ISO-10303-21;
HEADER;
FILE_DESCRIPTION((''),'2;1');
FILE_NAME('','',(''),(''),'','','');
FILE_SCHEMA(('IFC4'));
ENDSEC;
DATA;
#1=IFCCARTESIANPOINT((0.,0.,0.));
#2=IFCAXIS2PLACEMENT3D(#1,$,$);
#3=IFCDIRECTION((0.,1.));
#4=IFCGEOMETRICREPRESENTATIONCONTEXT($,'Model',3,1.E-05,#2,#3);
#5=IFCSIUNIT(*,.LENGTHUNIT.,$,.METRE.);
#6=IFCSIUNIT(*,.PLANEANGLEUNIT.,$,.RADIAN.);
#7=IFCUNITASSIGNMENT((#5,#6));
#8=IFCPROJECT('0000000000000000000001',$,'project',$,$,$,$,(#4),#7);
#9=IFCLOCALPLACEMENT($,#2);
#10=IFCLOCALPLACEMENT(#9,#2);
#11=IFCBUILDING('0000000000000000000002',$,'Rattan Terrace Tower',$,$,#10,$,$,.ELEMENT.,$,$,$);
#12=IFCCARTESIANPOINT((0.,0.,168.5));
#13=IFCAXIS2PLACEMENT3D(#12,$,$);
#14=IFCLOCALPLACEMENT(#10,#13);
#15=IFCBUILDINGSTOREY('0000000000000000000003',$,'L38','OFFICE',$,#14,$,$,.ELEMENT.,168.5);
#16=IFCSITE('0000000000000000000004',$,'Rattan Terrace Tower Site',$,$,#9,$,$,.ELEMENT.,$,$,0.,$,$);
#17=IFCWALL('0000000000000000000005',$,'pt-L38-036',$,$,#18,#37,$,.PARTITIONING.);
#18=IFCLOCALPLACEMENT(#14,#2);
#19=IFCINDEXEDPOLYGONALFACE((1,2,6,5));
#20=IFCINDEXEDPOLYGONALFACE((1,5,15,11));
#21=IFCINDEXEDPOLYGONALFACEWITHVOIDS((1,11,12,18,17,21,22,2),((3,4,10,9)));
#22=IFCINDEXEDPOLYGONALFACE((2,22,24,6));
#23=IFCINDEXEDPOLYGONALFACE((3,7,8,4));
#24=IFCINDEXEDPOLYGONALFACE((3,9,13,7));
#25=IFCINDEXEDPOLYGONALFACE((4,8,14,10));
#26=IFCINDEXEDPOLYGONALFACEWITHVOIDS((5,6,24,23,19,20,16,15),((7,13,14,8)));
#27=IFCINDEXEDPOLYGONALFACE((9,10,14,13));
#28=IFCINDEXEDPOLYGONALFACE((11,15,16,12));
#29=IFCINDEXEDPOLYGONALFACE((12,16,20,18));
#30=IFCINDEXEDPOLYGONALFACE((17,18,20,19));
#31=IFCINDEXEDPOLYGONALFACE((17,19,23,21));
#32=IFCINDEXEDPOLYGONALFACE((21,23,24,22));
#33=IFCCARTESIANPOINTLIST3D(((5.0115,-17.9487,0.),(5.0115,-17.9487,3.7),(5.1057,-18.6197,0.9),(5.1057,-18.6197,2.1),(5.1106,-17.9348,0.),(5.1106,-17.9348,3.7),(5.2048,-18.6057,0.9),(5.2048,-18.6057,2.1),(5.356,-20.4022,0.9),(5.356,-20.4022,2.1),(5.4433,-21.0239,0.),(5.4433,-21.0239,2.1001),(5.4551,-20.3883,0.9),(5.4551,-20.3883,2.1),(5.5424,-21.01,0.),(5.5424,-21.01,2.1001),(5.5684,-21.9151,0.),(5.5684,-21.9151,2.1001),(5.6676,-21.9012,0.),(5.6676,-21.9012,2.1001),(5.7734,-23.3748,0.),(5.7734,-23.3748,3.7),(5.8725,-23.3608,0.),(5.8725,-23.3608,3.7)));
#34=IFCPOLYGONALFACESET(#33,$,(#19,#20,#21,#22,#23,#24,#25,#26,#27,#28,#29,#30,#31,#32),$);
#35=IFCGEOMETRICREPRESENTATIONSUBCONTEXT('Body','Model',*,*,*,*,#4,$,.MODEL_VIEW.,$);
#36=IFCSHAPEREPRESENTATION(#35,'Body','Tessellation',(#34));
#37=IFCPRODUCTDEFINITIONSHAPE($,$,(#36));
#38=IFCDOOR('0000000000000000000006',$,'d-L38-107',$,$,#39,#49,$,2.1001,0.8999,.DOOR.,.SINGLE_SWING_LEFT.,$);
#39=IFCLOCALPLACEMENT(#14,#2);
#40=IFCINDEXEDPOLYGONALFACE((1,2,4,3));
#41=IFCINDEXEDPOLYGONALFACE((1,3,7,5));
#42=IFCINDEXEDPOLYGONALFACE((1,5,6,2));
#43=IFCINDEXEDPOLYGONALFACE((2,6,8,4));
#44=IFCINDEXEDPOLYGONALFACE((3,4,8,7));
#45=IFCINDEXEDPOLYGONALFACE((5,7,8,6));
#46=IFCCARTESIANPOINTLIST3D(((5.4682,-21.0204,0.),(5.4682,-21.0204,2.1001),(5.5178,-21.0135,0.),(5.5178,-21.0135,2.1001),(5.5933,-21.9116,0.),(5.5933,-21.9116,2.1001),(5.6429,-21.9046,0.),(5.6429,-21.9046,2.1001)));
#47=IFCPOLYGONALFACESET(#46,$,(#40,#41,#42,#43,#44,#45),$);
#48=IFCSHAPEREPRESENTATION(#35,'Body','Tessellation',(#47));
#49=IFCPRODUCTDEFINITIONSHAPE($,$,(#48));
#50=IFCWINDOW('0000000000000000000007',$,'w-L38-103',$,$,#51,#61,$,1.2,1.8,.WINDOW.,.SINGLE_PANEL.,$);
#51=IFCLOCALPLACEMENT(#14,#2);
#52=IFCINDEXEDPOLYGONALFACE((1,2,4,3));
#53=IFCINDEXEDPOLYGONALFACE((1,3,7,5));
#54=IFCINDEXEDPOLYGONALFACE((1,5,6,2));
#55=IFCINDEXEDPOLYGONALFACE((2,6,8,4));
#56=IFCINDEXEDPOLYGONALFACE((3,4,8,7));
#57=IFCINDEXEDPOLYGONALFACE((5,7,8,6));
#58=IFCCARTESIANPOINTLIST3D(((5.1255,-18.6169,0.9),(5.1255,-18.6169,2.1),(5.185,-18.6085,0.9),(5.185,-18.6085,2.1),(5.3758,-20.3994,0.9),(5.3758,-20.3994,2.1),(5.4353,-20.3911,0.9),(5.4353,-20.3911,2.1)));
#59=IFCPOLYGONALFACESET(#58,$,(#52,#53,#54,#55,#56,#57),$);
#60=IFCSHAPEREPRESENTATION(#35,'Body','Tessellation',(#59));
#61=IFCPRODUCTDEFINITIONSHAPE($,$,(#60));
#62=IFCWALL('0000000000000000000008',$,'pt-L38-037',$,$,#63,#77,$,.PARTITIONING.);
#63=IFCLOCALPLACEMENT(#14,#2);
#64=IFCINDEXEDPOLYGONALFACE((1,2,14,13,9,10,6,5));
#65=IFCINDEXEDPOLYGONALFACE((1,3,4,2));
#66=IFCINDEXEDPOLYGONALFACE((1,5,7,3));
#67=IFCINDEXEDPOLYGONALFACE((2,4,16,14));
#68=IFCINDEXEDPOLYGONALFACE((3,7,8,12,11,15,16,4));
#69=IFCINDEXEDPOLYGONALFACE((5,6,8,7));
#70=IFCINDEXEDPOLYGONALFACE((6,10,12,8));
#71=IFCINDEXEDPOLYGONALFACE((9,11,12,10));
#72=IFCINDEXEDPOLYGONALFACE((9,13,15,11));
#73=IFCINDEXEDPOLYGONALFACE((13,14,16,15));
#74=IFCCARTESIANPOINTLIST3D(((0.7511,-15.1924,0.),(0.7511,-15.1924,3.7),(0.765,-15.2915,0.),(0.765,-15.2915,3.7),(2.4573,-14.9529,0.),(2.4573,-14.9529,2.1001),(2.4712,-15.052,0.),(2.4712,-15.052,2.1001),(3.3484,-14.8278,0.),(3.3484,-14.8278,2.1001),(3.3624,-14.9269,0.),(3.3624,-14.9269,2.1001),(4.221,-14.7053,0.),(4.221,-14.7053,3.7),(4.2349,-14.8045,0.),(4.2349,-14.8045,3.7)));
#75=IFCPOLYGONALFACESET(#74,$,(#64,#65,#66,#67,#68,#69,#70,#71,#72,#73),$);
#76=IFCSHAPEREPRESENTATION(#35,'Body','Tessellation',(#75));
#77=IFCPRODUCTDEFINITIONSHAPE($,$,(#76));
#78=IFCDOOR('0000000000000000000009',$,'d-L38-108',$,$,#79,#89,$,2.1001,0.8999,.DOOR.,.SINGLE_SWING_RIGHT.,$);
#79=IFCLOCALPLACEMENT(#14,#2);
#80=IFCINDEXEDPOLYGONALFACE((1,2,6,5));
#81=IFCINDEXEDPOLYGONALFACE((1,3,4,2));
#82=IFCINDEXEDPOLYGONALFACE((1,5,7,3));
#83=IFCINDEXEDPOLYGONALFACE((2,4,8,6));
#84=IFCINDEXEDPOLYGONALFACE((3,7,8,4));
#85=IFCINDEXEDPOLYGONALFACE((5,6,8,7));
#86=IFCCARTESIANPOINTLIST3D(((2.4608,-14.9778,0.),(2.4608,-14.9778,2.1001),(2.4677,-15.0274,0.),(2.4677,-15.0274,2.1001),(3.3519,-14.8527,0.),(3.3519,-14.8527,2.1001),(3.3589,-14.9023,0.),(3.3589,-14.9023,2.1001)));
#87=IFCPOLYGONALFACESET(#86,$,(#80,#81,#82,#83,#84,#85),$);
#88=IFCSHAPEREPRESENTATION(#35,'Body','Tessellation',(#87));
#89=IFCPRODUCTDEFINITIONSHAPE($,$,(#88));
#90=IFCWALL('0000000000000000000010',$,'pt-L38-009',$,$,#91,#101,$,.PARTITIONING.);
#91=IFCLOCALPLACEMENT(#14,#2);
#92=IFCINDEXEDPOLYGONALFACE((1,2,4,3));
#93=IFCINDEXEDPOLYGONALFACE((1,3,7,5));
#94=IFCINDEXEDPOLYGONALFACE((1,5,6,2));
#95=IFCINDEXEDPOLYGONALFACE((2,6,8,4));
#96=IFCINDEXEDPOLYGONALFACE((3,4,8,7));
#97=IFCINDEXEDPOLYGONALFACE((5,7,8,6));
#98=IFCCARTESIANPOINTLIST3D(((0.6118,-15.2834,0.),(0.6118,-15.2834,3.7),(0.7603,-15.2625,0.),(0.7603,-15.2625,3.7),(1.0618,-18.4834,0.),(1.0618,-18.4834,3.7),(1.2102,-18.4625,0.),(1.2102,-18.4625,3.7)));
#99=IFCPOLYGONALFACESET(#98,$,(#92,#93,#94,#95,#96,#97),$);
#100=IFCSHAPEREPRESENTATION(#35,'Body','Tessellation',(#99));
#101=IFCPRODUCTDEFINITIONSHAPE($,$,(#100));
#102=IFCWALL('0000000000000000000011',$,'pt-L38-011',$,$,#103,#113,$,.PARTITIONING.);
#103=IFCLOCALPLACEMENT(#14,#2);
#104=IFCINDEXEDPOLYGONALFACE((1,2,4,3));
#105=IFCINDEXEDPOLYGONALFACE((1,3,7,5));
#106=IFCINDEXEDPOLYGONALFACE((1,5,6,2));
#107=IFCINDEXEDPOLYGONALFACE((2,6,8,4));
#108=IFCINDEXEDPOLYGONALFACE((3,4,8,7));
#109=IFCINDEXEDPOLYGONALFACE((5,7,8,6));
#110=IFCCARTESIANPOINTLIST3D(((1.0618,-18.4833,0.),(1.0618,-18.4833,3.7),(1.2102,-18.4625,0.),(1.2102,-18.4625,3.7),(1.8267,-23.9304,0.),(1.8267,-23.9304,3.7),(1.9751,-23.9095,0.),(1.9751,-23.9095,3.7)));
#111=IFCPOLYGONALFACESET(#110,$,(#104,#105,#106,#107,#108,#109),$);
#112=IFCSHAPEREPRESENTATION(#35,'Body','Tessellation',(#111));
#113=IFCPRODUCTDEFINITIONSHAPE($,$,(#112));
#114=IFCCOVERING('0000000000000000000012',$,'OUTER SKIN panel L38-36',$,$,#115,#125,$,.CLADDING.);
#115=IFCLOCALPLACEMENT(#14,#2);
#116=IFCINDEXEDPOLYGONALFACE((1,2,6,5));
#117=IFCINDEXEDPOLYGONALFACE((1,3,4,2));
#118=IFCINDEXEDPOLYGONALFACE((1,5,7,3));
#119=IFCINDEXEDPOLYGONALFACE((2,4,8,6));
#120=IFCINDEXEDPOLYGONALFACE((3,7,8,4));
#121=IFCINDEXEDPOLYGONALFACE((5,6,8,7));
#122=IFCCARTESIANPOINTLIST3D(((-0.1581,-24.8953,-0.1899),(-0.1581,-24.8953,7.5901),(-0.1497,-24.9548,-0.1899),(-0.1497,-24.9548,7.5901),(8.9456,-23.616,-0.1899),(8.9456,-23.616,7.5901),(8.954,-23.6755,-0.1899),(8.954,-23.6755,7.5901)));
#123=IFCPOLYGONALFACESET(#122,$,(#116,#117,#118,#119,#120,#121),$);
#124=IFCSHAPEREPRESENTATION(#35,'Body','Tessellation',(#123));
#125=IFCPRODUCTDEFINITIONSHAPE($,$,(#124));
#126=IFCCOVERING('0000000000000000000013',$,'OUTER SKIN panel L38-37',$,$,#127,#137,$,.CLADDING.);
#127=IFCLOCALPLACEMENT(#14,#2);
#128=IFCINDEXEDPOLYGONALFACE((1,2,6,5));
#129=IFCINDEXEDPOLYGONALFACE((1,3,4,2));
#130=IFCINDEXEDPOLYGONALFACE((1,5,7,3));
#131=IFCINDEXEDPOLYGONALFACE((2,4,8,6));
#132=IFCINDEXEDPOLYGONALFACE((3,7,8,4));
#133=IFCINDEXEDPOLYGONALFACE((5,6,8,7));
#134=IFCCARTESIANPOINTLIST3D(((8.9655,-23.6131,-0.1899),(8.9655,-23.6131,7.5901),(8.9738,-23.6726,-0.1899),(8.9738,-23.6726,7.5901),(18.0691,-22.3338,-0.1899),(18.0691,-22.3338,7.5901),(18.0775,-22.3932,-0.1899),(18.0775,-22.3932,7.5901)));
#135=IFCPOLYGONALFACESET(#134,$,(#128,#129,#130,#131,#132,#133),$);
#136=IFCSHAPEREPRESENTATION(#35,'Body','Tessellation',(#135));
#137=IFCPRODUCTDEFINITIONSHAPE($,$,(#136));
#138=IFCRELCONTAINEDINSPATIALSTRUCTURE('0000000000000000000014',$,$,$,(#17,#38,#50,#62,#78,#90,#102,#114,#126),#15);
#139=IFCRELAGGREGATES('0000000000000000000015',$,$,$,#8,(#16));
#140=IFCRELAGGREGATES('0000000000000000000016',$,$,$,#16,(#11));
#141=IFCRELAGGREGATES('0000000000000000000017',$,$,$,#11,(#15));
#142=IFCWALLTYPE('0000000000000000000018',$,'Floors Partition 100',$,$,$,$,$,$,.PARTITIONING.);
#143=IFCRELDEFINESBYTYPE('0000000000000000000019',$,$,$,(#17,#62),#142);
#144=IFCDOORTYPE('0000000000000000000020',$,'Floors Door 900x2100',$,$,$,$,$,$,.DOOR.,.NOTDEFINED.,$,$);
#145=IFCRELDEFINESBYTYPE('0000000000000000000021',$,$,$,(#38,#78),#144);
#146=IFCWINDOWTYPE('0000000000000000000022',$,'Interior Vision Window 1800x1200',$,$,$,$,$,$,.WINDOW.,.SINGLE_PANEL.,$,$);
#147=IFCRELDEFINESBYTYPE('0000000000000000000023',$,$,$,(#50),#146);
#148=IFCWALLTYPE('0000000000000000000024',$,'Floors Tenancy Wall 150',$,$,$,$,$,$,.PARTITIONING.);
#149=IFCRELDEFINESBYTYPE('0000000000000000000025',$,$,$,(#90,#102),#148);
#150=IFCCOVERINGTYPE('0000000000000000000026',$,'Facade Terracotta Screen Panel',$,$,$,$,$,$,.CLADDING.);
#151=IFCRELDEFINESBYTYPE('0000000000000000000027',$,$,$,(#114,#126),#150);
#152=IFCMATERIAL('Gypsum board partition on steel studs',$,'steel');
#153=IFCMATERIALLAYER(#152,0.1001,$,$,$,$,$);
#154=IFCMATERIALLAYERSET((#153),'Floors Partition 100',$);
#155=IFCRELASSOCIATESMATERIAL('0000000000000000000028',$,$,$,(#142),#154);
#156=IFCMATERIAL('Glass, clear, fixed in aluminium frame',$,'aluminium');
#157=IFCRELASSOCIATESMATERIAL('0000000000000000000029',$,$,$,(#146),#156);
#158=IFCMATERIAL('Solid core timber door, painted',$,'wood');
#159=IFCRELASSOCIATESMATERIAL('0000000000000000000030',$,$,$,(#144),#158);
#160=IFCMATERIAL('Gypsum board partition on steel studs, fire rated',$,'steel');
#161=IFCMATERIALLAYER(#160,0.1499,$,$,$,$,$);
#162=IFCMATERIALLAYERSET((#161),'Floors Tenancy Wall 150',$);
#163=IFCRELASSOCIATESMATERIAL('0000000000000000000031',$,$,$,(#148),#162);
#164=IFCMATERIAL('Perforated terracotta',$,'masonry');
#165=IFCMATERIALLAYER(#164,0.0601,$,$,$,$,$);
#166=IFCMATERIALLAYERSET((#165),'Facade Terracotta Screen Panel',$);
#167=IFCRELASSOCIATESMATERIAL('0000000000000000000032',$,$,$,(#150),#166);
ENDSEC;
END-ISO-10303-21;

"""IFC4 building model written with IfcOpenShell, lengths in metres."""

from ifc_helpers import new_model, si_unit, direction, frame, frame_2d, origin, origin_2d, place, context, subcontext, project, spatial, rectangle, extrude, material, layer, layer_set, type_object, element, fill, save


model = new_model("IFC4")

# Units and contexts
model_context = context("Model", 3, precision=1e-05, world=origin(), true_north=direction((0.0, 1.0)))
body_context = subcontext(model_context, "Body", "Model", "MODEL_VIEW")
ifc_project = project(units=[si_unit("LENGTHUNIT", "METRE"), si_unit("PLANEANGLEUNIT", "RADIAN")], contexts=[model_context])

# Site, building, storey
site_placement = place(None, origin())
site = spatial("IfcSite", under=ifc_project, at=site_placement, Name="Rattan Terrace Tower Site", CompositionType="ELEMENT", RefElevation=0.0)
building_placement = place(site_placement, origin())
building = spatial("IfcBuilding", under=site, at=building_placement, Name="Rattan Terrace Tower", CompositionType="ELEMENT")
storey_placement = place(building_placement, frame((0.0, 0.0, 168.5)))
storey = spatial("IfcBuildingStorey", under=building, at=storey_placement, Name="L38", Description="OFFICE", CompositionType="ELEMENT", Elevation=168.5)

# Shared definitions
ifc_material_1 = material(Name="Gypsum board partition on steel studs", Category="steel")
ifc_layer_1 = layer(ifc_material_1, 0.1001)
ifc_layer_set_1 = layer_set([ifc_layer_1], Name="Floors Partition 100")
wall_type_1 = type_object("IfcWallType", Name="Floors Partition 100", PredefinedType="PARTITIONING", material=ifc_layer_set_1)
ifc_material_2 = material(Name="Glass, clear, fixed in aluminium frame", Category="aluminium")
window_type = type_object("IfcWindowType", Name="Interior Vision Window 1800x1200", PartitioningType="SINGLE_PANEL", PredefinedType="WINDOW", material=ifc_material_2)

# Wall, openings, door, window
wall_1_placement = place(storey_placement, frame((5.823, -23.3679, 0.0), z_axis=(0.0, 0.0, 1.0), x_axis=(-0.139063, 0.990284, 0.0)))
wall_1 = element("IfcWall", 1, at=wall_1_placement, inside=storey, type_object=wall_type_1, Name="pt-L38-036", PredefinedType="PARTITIONING", context=body_context, shape_type="SweptSolid", body=[
    extrude(rectangle(XDim=5.4792, YDim=0.1001, at=frame_2d((2.7397, 0.0))), origin(), (0.0, 0.0, 1.0), 3.7),
])
opening_1_placement = place(wall_1_placement, frame((1.4741, 0.0, 0.0)))
opening_1 = element("IfcOpeningElement", 2, at=opening_1_placement, cuts=wall_1, PredefinedType="OPENING", context=body_context, shape_type="SweptSolid", body=[
    extrude(rectangle(XDim=0.8999, YDim=2.1001, at=frame_2d((0.45, 1.05))), frame((0.0, 0.0605, 0.0), z_axis=(0.0, -1.0, 0.0), x_axis=(1.0, 0.0, 0.0)), (0.0, 0.0, 1.0), 0.1211),
])
opening_2_placement = place(wall_1_placement, frame((3.002, 0.0, 0.8999)))
opening_2 = element("IfcOpeningElement", 3, at=opening_2_placement, cuts=wall_1, PredefinedType="OPENING", context=body_context, shape_type="SweptSolid", body=[
    extrude(rectangle(XDim=1.8, YDim=1.2, at=frame_2d((0.8999, 0.6001))), frame((0.0, 0.0605, 0.0), z_axis=(0.0, -1.0, 0.0), x_axis=(1.0, 0.0, 0.0)), (0.0, 0.0, 1.0), 0.1211),
])
ifc_material_3 = material(Name="Solid core timber door, painted", Category="wood")
door_type = type_object("IfcDoorType", Name="Floors Door 900x2100", OperationType="NOTDEFINED", PredefinedType="DOOR", material=ifc_material_3)
door_1_placement = place(opening_1_placement, origin())
door_1 = element("IfcDoor", 4, at=door_1_placement, inside=storey, type_object=door_type, Name="d-L38-107", OperationType="SINGLE_SWING_LEFT", OverallHeight=2.1001, OverallWidth=0.8999, PredefinedType="DOOR", context=body_context, shape_type="SweptSolid", body=[
    extrude(rectangle(XDim=0.8999, YDim=2.1001, at=frame_2d((0.45, 1.05))), frame((0.0, 0.0249, 0.0), z_axis=(0.0, -1.0, 0.0), x_axis=(1.0, 0.0, 0.0)), (0.0, 0.0, 1.0), 0.05),
])
fill(opening_1, door_1)
window_1_placement = place(opening_2_placement, origin())
window_1 = element("IfcWindow", 5, at=window_1_placement, inside=storey, type_object=window_type, Name="w-L38-103", OverallHeight=1.2, OverallWidth=1.8, PartitioningType="SINGLE_PANEL", PredefinedType="WINDOW", context=body_context, shape_type="SweptSolid", body=[
    extrude(rectangle(XDim=1.8, YDim=1.2, at=frame_2d((0.8999, 0.6001))), frame((0.0, 0.03, 0.0), z_axis=(0.0, -1.0, 0.0), x_axis=(1.0, 0.0, 0.0)), (0.0, 0.0, 1.0), 0.0601),
])
fill(opening_2, window_1)

# Wall, opening, door
wall_2_placement = place(storey_placement, frame((0.7581, -15.2419, 0.0), z_axis=(0.0, 0.0, 1.0), x_axis=(0.990292, 0.139002, 0.0)))
wall_2 = element("IfcWall", 6, at=wall_2_placement, inside=storey, type_object=wall_type_1, Name="pt-L38-037", PredefinedType="PARTITIONING", context=body_context, shape_type="SweptSolid", body=[
    extrude(rectangle(XDim=3.5039, YDim=0.1001, at=frame_2d((1.752, 0.0))), origin(), (0.0, 0.0, 1.0), 3.7),
])
opening_3_placement = place(wall_2_placement, frame((1.7229, 0.0, 0.0)))
opening_3 = element("IfcOpeningElement", 7, at=opening_3_placement, cuts=wall_2, PredefinedType="OPENING", context=body_context, shape_type="SweptSolid", body=[
    extrude(rectangle(XDim=0.8999, YDim=2.1001, at=frame_2d((0.45, 1.05))), frame((0.0, 0.0605, 0.0), z_axis=(0.0, -1.0, 0.0), x_axis=(1.0, 0.0, 0.0)), (0.0, 0.0, 1.0), 0.1211),
])
door_2_placement = place(opening_3_placement, origin())
door_2 = element("IfcDoor", 8, at=door_2_placement, inside=storey, type_object=door_type, Name="d-L38-108", OperationType="SINGLE_SWING_RIGHT", OverallHeight=2.1001, OverallWidth=0.8999, PredefinedType="DOOR", context=body_context, shape_type="SweptSolid", body=[
    extrude(rectangle(XDim=0.8999, YDim=2.1001, at=frame_2d((0.45, 1.05))), frame((0.0, 0.0249, 0.0), z_axis=(0.0, -1.0, 0.0), x_axis=(1.0, 0.0, 0.0)), (0.0, 0.0, 1.0), 0.05),
])
fill(opening_3, door_2)

# Walls
ifc_material_4 = material(Name="Gypsum board partition on steel studs, fire rated", Category="steel")
ifc_layer_2 = layer(ifc_material_4, 0.1499)
ifc_layer_set_2 = layer_set([ifc_layer_2], Name="Floors Tenancy Wall 150")
wall_type_2 = type_object("IfcWallType", Name="Floors Tenancy Wall 150", PredefinedType="PARTITIONING", material=ifc_layer_set_2)
wall_3_placement = place(storey_placement, frame((0.686, -15.2729, 0.0), z_axis=(0.0, 0.0, 1.0), x_axis=(0.139242, -0.990258, 0.0)))
element("IfcWall", 9, at=wall_3_placement, inside=storey, type_object=wall_type_2, Name="pt-L38-009", PredefinedType="PARTITIONING", context=body_context, shape_type="SweptSolid", body=[
    extrude(rectangle(XDim=3.2314, YDim=0.1499, at=frame_2d((1.6157, 0.0))), origin(), (0.0, 0.0, 1.0), 3.7),
])
wall_4_placement = place(storey_placement, frame((1.136, -18.4729, 0.0), z_axis=(0.0, 0.0, 1.0), x_axis=(0.13906, -0.990284, 0.0)))
element("IfcWall", 10, at=wall_4_placement, inside=storey, type_object=wall_type_2, Name="pt-L38-011", PredefinedType="PARTITIONING", context=body_context, shape_type="SweptSolid", body=[
    extrude(rectangle(XDim=5.5005, YDim=0.1499, at=frame_2d((2.7502, 0.0))), origin(), (0.0, 0.0, 1.0), 3.7),
])

# Coverings
ifc_material_5 = material(Name="Perforated terracotta", Category="masonry")
ifc_layer_3 = layer(ifc_material_5, 0.0601)
ifc_layer_set_3 = layer_set([ifc_layer_3], Name="Facade Terracotta Screen Panel")
covering_type = type_object("IfcCoveringType", Name="Facade Terracotta Screen Panel", PredefinedType="CLADDING", material=ifc_layer_set_3)
for number, where, z_axis, x_axis, name in (
    (11, (4.3979, -24.2854, -0.1899), (0.0, 0.0, 1.0), (0.99027, 0.139161, 0.0), "OUTER SKIN panel L38-36"),
    (12, (13.5215, -23.0032, -0.1899), (0.0, 0.0, 1.0), (0.99027, 0.139161, 0.0), "OUTER SKIN panel L38-37"),
):
    element("IfcCovering", number, at=place(storey_placement, frame(where, z_axis=z_axis, x_axis=x_axis)), inside=storey, type_object=covering_type, Name=name, PredefinedType="CLADDING", context=body_context, shape_type="SweptSolid", body=[
        extrude(rectangle(XDim=9.1931, YDim=0.0601, at=origin_2d()), origin(), (0.0, 0.0, 1.0), 7.78),
    ])

save(model, "model.ifc")
